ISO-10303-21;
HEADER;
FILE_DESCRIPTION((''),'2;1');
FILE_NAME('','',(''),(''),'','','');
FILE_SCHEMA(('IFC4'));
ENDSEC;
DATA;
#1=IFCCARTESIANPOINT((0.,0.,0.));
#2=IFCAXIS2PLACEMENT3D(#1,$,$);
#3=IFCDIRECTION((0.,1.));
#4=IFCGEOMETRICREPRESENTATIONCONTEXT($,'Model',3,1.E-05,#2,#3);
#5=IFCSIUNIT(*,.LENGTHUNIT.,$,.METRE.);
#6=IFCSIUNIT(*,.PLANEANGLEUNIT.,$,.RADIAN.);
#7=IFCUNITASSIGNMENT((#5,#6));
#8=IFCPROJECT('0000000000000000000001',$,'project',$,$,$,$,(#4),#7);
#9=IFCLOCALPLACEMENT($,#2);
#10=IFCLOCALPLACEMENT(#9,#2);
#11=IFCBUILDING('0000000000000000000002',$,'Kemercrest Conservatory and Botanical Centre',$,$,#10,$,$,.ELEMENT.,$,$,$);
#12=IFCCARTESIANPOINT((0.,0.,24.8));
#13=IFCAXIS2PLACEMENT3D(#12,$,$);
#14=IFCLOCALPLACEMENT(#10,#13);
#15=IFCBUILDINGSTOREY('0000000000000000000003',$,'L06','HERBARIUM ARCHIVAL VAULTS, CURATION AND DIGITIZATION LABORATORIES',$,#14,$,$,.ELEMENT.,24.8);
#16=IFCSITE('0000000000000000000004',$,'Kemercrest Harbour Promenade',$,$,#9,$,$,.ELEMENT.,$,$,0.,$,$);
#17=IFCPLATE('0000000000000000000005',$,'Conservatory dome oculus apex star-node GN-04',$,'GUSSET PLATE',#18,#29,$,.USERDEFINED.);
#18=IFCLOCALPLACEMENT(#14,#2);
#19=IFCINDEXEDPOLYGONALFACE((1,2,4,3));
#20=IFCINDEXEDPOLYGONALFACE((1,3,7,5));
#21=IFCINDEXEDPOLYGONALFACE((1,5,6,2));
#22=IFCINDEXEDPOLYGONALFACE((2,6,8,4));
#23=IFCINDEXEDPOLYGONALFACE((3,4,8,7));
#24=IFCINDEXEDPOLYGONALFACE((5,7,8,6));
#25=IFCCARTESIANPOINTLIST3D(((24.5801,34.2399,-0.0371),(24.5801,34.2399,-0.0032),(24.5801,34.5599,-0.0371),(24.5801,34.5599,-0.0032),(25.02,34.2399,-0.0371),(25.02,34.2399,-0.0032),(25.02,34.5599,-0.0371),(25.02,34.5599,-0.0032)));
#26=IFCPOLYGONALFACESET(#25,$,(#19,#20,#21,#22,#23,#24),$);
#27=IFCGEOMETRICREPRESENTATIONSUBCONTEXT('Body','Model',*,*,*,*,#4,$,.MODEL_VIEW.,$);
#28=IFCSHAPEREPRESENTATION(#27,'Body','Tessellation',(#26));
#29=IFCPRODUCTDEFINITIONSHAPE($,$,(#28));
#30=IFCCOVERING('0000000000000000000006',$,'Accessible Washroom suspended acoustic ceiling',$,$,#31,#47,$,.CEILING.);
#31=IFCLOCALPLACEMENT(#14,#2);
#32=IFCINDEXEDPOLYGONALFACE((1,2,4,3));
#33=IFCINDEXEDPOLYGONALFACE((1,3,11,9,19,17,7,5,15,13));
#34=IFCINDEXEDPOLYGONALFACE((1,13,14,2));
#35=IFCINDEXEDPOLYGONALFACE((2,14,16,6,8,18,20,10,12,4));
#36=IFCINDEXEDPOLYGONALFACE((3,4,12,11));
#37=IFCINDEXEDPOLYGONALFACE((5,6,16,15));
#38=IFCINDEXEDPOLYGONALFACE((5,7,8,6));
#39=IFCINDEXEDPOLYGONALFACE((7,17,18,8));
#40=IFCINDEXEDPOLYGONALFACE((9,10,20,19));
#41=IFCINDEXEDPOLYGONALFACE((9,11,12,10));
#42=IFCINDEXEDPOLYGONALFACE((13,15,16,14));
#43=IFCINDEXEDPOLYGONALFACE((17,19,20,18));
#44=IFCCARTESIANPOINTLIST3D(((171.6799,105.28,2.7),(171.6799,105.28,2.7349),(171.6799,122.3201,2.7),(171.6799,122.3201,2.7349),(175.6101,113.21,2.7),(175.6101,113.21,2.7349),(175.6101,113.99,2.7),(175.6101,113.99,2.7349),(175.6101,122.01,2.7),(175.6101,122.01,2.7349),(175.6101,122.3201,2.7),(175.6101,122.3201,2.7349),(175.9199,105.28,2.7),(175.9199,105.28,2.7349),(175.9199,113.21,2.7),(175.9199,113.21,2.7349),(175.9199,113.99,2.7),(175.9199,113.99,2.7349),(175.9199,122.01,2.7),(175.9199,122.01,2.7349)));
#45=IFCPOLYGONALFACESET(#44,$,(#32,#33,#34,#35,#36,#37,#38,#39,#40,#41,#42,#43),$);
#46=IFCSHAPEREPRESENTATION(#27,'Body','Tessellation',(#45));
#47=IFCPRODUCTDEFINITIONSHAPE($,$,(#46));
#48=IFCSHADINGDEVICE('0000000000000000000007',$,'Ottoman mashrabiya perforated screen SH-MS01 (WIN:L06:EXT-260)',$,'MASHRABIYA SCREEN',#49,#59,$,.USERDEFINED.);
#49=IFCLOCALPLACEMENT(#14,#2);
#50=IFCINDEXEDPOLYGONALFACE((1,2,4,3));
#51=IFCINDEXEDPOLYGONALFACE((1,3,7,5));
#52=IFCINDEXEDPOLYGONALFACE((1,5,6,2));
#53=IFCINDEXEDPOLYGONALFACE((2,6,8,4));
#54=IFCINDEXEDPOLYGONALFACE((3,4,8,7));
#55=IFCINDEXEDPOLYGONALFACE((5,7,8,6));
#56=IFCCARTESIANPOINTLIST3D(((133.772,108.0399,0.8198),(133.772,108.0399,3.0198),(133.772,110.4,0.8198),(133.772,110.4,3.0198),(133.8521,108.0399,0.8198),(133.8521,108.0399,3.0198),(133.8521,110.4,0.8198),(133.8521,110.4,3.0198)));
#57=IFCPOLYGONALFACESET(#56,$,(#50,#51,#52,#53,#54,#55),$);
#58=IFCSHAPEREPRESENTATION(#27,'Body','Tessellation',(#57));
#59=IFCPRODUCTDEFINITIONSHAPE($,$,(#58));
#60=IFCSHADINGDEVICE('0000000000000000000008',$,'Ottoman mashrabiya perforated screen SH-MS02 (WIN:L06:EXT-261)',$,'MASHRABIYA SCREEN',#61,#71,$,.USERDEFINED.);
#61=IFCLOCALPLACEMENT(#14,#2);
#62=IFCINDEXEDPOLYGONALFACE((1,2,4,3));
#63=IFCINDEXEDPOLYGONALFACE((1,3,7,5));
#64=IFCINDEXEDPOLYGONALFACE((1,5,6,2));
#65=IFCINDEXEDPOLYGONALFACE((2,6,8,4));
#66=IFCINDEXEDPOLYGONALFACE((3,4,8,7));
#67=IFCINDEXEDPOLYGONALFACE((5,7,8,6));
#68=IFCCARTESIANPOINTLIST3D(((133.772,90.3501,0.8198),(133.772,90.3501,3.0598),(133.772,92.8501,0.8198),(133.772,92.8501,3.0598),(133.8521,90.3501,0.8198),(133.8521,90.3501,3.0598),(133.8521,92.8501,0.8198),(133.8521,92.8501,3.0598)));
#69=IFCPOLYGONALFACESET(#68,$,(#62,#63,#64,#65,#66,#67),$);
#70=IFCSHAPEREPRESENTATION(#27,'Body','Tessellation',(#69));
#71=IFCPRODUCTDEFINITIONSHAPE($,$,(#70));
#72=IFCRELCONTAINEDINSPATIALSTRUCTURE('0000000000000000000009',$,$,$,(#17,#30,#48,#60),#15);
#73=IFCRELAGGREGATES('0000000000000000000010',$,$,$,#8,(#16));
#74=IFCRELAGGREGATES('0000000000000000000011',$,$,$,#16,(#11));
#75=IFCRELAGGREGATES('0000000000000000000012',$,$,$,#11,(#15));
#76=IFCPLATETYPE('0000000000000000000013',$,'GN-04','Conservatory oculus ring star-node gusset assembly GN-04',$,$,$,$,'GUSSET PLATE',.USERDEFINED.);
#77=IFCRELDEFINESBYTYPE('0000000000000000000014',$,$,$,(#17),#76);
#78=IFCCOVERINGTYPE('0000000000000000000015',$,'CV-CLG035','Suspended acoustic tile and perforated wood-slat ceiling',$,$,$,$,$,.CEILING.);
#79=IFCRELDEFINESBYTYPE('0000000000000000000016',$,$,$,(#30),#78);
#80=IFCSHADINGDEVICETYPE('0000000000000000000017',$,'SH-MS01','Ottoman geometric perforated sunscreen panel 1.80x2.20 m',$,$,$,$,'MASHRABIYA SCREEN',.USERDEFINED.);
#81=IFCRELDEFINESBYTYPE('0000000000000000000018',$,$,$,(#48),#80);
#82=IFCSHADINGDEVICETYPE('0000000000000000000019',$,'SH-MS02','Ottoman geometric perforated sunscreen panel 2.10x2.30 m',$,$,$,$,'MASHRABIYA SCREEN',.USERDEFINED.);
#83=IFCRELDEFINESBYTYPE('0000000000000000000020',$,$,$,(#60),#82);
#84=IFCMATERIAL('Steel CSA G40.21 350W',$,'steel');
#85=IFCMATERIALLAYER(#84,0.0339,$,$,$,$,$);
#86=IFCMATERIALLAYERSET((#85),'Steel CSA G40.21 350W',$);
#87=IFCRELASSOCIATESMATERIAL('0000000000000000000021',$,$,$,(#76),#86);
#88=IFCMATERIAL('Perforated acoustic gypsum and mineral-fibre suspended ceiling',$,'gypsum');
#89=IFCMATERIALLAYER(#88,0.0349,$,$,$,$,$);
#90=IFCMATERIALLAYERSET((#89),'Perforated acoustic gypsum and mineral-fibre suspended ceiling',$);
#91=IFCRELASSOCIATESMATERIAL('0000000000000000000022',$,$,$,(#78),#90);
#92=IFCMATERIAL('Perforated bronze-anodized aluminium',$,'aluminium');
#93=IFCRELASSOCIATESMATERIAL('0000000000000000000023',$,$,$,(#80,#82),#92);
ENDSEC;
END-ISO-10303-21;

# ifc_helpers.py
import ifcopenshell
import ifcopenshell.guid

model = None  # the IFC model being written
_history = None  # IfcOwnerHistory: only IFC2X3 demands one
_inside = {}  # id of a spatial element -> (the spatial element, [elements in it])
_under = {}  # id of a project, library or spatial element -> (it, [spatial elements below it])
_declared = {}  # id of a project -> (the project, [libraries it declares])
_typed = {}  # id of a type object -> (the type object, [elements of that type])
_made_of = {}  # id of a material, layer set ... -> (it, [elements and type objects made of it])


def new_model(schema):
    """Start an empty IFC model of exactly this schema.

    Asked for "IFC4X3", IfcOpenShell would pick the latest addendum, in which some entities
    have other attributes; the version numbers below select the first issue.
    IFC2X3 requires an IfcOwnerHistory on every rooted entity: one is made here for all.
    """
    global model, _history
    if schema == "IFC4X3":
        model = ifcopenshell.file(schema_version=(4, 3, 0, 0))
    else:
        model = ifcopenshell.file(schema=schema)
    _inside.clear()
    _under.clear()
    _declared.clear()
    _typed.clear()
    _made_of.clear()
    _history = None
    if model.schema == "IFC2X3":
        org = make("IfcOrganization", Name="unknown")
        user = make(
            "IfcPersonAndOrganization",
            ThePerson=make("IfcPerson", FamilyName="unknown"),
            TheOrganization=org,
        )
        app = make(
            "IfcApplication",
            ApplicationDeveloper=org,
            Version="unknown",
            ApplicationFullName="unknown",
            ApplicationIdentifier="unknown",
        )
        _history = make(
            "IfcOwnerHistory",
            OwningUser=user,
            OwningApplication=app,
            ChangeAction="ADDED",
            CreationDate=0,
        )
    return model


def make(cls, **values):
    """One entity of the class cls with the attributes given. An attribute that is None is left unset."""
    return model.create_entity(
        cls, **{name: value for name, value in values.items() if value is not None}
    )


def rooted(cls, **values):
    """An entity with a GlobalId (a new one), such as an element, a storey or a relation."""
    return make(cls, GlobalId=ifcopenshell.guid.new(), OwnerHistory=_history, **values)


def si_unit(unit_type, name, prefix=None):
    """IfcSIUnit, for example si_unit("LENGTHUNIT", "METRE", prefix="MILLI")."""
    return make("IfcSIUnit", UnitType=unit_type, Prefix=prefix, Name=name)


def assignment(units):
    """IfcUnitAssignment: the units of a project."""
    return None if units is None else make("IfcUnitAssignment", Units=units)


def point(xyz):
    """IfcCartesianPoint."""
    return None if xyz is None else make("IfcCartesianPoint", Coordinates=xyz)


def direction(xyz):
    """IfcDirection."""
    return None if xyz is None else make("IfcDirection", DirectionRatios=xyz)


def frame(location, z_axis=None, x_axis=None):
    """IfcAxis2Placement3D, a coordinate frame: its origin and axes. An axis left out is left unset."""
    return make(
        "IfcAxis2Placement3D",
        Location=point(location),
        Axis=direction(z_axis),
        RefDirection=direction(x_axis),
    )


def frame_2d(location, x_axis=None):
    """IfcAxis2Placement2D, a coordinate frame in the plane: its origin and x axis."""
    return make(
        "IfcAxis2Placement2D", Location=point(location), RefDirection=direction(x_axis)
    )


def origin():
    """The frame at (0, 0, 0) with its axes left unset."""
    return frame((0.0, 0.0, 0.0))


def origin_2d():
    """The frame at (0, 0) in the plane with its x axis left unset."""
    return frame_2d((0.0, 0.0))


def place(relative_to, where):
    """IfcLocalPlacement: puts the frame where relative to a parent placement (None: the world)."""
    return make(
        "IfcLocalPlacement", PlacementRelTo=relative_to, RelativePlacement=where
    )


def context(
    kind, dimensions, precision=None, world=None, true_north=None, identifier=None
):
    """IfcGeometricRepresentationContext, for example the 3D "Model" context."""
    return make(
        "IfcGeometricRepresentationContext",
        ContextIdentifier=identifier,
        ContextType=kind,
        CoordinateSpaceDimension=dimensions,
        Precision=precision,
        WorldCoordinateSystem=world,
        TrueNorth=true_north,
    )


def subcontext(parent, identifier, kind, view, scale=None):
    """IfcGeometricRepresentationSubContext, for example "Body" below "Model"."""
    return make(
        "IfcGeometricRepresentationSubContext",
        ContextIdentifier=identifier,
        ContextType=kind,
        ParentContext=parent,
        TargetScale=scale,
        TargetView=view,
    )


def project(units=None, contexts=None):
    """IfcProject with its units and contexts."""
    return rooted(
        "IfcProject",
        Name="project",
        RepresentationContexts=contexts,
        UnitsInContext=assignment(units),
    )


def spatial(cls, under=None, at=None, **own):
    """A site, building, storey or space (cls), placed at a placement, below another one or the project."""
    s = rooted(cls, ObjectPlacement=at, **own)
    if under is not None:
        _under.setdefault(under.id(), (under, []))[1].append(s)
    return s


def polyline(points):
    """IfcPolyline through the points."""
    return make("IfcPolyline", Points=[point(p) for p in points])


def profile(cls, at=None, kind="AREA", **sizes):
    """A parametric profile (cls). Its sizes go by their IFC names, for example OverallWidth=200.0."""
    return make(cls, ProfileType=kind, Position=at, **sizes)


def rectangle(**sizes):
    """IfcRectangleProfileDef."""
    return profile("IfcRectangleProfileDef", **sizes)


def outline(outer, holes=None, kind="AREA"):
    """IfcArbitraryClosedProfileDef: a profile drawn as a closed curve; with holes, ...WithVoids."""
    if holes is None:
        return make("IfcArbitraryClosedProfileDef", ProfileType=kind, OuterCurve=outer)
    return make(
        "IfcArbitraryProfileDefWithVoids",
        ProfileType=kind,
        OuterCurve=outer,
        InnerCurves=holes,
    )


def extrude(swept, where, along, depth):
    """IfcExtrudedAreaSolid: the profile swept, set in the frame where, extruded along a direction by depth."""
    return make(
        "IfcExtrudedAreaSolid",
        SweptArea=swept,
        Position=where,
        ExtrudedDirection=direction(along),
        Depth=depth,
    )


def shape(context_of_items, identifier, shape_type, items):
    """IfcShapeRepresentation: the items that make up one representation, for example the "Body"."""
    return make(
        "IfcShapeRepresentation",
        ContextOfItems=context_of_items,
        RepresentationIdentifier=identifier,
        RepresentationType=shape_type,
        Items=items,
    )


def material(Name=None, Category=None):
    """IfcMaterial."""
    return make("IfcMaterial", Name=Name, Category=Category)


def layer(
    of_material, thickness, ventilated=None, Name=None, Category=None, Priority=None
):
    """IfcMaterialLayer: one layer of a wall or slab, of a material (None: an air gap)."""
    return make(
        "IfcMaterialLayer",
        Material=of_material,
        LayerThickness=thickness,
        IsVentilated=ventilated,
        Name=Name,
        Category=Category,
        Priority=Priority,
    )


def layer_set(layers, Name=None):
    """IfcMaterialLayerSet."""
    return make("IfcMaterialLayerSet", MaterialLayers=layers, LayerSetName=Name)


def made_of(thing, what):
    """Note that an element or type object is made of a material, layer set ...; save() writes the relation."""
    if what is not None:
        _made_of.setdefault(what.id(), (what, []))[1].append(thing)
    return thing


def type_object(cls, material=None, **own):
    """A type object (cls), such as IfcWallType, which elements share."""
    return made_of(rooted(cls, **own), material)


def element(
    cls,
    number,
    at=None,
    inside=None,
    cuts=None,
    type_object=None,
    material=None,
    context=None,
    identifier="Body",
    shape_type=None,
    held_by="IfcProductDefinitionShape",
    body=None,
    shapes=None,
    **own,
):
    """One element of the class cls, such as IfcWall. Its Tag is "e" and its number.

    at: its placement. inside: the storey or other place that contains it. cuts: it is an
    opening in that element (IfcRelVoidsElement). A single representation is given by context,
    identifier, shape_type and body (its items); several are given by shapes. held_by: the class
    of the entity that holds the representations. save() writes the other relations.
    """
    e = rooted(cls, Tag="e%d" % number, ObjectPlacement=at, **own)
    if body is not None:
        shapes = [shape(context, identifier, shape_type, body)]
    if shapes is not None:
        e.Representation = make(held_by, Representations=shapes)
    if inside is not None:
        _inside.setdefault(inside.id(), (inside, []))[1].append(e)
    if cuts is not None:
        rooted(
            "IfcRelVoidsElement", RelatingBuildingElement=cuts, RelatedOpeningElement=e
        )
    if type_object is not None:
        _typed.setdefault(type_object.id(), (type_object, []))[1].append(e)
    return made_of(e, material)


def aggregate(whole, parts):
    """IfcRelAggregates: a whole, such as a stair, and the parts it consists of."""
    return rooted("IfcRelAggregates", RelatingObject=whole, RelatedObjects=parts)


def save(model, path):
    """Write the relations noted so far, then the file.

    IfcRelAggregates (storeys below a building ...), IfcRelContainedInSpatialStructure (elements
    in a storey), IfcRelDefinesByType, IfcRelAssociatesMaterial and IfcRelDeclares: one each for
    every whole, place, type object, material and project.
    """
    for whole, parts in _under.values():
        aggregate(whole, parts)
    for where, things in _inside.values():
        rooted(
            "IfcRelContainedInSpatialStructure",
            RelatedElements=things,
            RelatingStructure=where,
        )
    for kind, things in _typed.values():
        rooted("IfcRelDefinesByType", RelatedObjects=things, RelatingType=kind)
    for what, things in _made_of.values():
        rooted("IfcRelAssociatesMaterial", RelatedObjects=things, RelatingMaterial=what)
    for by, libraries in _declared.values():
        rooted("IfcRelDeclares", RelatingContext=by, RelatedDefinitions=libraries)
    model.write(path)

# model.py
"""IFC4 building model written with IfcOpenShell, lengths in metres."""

from ifc_helpers import new_model, si_unit, direction, frame, origin, origin_2d, place, context, subcontext, project, spatial, polyline, rectangle, outline, extrude, material, layer, layer_set, type_object, element, save


model = new_model("IFC4")

# Units and contexts
model_context = context("Model", 3, precision=1e-05, world=origin(), true_north=direction((0.0, 1.0)))
body_context = subcontext(model_context, "Body", "Model", "MODEL_VIEW")
ifc_project = project(units=[si_unit("LENGTHUNIT", "METRE"), si_unit("PLANEANGLEUNIT", "RADIAN")], contexts=[model_context])

# Site, building, storey
site_placement = place(None, origin())
site = spatial("IfcSite", under=ifc_project, at=site_placement, Name="Kemercrest Harbour Promenade", CompositionType="ELEMENT", RefElevation=0.0)
building_placement = place(site_placement, origin())
building = spatial("IfcBuilding", under=site, at=building_placement, Name="Kemercrest Conservatory and Botanical Centre", CompositionType="ELEMENT")
storey_placement = place(building_placement, frame((0.0, 0.0, 24.8)))
storey = spatial("IfcBuildingStorey", under=building, at=storey_placement, Name="L06", Description="HERBARIUM ARCHIVAL VAULTS, CURATION AND DIGITIZATION LABORATORIES", CompositionType="ELEMENT", Elevation=24.8)

# Plate
ifc_material_1 = material(Name="Steel CSA G40.21 350W", Category="steel")
ifc_layer_1 = layer(ifc_material_1, 0.0339)
ifc_layer_set_1 = layer_set([ifc_layer_1], Name="Steel CSA G40.21 350W")
plate_type = type_object("IfcPlateType", Name="GN-04", Description="Conservatory oculus ring star-node gusset assembly GN-04", ElementType="GUSSET PLATE", PredefinedType="USERDEFINED", material=ifc_layer_set_1)
plate_placement = place(storey_placement, frame((24.8, 34.3999, -0.0371), z_axis=(0.0, 0.0, 1.0), x_axis=(1.0, 0.0, 0.0)))
element("IfcPlate", 1, at=plate_placement, inside=storey, type_object=plate_type, Name="Conservatory dome oculus apex star-node GN-04", ObjectType="GUSSET PLATE", PredefinedType="USERDEFINED", context=body_context, shape_type="SweptSolid", body=[
    extrude(rectangle(XDim=0.4399, YDim=0.3201, at=origin_2d()), origin(), (0.0, 0.0, 1.0), 0.0339),
])

# Covering
ifc_material_2 = material(Name="Perforated acoustic gypsum and mineral-fibre suspended ceiling", Category="gypsum")
ifc_layer_2 = layer(ifc_material_2, 0.0349)
ifc_layer_set_2 = layer_set([ifc_layer_2], Name="Perforated acoustic gypsum and mineral-fibre suspended ceiling")
covering_type = type_object("IfcCoveringType", Name="CV-CLG035", Description="Suspended acoustic tile and perforated wood-slat ceiling", PredefinedType="CEILING", material=ifc_layer_set_2)
covering_placement = place(storey_placement, frame((0.0, 0.0, 2.7)))
element("IfcCovering", 2, at=covering_placement, inside=storey, type_object=covering_type, Name="Accessible Washroom suspended acoustic ceiling", PredefinedType="CEILING", context=body_context, shape_type="SweptSolid", body=[
    extrude(outline(polyline([(171.6799, 105.28), (175.9199, 105.28), (175.9199, 113.21), (175.6101, 113.21), (175.6101, 113.99), (175.9199, 113.99), (175.9199, 122.01), (175.6101, 122.01), (175.6101, 122.3201), (171.6799, 122.3201), (171.6799, 105.28)])), origin(), (0.0, 0.0, 1.0), 0.0349),
])

# Shading devices
ifc_material_3 = material(Name="Perforated bronze-anodized aluminium", Category="aluminium")
shading_device_type_1 = type_object("IfcShadingDeviceType", Name="SH-MS01", Description="Ottoman geometric perforated sunscreen panel 1.80x2.20 m", ElementType="MASHRABIYA SCREEN", PredefinedType="USERDEFINED", material=ifc_material_3)
shading_device_1_placement = place(storey_placement, frame((133.812, 109.22, 0.8198), z_axis=(0.0, 0.0, 1.0), x_axis=(0.0, -1.0, 0.0)))
element("IfcShadingDevice", 3, at=shading_device_1_placement, inside=storey, type_object=shading_device_type_1, Name="Ottoman mashrabiya perforated screen SH-MS01 (WIN:L06:EXT-260)", ObjectType="MASHRABIYA SCREEN", PredefinedType="USERDEFINED", context=body_context, shape_type="SweptSolid", body=[
    extrude(rectangle(XDim=2.3601, YDim=0.0801, at=origin_2d()), origin(), (0.0, 0.0, 1.0), 2.2),
])
shading_device_type_2 = type_object("IfcShadingDeviceType", Name="SH-MS02", Description="Ottoman geometric perforated sunscreen panel 2.10x2.30 m", ElementType="MASHRABIYA SCREEN", PredefinedType="USERDEFINED", material=ifc_material_3)
shading_device_2_placement = place(storey_placement, frame((133.812, 91.6001, 0.8198), z_axis=(0.0, 0.0, 1.0), x_axis=(0.0, -1.0, 0.0)))
element("IfcShadingDevice", 4, at=shading_device_2_placement, inside=storey, type_object=shading_device_type_2, Name="Ottoman mashrabiya perforated screen SH-MS02 (WIN:L06:EXT-261)", ObjectType="MASHRABIYA SCREEN", PredefinedType="USERDEFINED", context=body_context, shape_type="SweptSolid", body=[
    extrude(rectangle(XDim=2.5, YDim=0.0801, at=origin_2d()), origin(), (0.0, 0.0, 1.0), 2.24),
])

save(model, "model.ifc")
